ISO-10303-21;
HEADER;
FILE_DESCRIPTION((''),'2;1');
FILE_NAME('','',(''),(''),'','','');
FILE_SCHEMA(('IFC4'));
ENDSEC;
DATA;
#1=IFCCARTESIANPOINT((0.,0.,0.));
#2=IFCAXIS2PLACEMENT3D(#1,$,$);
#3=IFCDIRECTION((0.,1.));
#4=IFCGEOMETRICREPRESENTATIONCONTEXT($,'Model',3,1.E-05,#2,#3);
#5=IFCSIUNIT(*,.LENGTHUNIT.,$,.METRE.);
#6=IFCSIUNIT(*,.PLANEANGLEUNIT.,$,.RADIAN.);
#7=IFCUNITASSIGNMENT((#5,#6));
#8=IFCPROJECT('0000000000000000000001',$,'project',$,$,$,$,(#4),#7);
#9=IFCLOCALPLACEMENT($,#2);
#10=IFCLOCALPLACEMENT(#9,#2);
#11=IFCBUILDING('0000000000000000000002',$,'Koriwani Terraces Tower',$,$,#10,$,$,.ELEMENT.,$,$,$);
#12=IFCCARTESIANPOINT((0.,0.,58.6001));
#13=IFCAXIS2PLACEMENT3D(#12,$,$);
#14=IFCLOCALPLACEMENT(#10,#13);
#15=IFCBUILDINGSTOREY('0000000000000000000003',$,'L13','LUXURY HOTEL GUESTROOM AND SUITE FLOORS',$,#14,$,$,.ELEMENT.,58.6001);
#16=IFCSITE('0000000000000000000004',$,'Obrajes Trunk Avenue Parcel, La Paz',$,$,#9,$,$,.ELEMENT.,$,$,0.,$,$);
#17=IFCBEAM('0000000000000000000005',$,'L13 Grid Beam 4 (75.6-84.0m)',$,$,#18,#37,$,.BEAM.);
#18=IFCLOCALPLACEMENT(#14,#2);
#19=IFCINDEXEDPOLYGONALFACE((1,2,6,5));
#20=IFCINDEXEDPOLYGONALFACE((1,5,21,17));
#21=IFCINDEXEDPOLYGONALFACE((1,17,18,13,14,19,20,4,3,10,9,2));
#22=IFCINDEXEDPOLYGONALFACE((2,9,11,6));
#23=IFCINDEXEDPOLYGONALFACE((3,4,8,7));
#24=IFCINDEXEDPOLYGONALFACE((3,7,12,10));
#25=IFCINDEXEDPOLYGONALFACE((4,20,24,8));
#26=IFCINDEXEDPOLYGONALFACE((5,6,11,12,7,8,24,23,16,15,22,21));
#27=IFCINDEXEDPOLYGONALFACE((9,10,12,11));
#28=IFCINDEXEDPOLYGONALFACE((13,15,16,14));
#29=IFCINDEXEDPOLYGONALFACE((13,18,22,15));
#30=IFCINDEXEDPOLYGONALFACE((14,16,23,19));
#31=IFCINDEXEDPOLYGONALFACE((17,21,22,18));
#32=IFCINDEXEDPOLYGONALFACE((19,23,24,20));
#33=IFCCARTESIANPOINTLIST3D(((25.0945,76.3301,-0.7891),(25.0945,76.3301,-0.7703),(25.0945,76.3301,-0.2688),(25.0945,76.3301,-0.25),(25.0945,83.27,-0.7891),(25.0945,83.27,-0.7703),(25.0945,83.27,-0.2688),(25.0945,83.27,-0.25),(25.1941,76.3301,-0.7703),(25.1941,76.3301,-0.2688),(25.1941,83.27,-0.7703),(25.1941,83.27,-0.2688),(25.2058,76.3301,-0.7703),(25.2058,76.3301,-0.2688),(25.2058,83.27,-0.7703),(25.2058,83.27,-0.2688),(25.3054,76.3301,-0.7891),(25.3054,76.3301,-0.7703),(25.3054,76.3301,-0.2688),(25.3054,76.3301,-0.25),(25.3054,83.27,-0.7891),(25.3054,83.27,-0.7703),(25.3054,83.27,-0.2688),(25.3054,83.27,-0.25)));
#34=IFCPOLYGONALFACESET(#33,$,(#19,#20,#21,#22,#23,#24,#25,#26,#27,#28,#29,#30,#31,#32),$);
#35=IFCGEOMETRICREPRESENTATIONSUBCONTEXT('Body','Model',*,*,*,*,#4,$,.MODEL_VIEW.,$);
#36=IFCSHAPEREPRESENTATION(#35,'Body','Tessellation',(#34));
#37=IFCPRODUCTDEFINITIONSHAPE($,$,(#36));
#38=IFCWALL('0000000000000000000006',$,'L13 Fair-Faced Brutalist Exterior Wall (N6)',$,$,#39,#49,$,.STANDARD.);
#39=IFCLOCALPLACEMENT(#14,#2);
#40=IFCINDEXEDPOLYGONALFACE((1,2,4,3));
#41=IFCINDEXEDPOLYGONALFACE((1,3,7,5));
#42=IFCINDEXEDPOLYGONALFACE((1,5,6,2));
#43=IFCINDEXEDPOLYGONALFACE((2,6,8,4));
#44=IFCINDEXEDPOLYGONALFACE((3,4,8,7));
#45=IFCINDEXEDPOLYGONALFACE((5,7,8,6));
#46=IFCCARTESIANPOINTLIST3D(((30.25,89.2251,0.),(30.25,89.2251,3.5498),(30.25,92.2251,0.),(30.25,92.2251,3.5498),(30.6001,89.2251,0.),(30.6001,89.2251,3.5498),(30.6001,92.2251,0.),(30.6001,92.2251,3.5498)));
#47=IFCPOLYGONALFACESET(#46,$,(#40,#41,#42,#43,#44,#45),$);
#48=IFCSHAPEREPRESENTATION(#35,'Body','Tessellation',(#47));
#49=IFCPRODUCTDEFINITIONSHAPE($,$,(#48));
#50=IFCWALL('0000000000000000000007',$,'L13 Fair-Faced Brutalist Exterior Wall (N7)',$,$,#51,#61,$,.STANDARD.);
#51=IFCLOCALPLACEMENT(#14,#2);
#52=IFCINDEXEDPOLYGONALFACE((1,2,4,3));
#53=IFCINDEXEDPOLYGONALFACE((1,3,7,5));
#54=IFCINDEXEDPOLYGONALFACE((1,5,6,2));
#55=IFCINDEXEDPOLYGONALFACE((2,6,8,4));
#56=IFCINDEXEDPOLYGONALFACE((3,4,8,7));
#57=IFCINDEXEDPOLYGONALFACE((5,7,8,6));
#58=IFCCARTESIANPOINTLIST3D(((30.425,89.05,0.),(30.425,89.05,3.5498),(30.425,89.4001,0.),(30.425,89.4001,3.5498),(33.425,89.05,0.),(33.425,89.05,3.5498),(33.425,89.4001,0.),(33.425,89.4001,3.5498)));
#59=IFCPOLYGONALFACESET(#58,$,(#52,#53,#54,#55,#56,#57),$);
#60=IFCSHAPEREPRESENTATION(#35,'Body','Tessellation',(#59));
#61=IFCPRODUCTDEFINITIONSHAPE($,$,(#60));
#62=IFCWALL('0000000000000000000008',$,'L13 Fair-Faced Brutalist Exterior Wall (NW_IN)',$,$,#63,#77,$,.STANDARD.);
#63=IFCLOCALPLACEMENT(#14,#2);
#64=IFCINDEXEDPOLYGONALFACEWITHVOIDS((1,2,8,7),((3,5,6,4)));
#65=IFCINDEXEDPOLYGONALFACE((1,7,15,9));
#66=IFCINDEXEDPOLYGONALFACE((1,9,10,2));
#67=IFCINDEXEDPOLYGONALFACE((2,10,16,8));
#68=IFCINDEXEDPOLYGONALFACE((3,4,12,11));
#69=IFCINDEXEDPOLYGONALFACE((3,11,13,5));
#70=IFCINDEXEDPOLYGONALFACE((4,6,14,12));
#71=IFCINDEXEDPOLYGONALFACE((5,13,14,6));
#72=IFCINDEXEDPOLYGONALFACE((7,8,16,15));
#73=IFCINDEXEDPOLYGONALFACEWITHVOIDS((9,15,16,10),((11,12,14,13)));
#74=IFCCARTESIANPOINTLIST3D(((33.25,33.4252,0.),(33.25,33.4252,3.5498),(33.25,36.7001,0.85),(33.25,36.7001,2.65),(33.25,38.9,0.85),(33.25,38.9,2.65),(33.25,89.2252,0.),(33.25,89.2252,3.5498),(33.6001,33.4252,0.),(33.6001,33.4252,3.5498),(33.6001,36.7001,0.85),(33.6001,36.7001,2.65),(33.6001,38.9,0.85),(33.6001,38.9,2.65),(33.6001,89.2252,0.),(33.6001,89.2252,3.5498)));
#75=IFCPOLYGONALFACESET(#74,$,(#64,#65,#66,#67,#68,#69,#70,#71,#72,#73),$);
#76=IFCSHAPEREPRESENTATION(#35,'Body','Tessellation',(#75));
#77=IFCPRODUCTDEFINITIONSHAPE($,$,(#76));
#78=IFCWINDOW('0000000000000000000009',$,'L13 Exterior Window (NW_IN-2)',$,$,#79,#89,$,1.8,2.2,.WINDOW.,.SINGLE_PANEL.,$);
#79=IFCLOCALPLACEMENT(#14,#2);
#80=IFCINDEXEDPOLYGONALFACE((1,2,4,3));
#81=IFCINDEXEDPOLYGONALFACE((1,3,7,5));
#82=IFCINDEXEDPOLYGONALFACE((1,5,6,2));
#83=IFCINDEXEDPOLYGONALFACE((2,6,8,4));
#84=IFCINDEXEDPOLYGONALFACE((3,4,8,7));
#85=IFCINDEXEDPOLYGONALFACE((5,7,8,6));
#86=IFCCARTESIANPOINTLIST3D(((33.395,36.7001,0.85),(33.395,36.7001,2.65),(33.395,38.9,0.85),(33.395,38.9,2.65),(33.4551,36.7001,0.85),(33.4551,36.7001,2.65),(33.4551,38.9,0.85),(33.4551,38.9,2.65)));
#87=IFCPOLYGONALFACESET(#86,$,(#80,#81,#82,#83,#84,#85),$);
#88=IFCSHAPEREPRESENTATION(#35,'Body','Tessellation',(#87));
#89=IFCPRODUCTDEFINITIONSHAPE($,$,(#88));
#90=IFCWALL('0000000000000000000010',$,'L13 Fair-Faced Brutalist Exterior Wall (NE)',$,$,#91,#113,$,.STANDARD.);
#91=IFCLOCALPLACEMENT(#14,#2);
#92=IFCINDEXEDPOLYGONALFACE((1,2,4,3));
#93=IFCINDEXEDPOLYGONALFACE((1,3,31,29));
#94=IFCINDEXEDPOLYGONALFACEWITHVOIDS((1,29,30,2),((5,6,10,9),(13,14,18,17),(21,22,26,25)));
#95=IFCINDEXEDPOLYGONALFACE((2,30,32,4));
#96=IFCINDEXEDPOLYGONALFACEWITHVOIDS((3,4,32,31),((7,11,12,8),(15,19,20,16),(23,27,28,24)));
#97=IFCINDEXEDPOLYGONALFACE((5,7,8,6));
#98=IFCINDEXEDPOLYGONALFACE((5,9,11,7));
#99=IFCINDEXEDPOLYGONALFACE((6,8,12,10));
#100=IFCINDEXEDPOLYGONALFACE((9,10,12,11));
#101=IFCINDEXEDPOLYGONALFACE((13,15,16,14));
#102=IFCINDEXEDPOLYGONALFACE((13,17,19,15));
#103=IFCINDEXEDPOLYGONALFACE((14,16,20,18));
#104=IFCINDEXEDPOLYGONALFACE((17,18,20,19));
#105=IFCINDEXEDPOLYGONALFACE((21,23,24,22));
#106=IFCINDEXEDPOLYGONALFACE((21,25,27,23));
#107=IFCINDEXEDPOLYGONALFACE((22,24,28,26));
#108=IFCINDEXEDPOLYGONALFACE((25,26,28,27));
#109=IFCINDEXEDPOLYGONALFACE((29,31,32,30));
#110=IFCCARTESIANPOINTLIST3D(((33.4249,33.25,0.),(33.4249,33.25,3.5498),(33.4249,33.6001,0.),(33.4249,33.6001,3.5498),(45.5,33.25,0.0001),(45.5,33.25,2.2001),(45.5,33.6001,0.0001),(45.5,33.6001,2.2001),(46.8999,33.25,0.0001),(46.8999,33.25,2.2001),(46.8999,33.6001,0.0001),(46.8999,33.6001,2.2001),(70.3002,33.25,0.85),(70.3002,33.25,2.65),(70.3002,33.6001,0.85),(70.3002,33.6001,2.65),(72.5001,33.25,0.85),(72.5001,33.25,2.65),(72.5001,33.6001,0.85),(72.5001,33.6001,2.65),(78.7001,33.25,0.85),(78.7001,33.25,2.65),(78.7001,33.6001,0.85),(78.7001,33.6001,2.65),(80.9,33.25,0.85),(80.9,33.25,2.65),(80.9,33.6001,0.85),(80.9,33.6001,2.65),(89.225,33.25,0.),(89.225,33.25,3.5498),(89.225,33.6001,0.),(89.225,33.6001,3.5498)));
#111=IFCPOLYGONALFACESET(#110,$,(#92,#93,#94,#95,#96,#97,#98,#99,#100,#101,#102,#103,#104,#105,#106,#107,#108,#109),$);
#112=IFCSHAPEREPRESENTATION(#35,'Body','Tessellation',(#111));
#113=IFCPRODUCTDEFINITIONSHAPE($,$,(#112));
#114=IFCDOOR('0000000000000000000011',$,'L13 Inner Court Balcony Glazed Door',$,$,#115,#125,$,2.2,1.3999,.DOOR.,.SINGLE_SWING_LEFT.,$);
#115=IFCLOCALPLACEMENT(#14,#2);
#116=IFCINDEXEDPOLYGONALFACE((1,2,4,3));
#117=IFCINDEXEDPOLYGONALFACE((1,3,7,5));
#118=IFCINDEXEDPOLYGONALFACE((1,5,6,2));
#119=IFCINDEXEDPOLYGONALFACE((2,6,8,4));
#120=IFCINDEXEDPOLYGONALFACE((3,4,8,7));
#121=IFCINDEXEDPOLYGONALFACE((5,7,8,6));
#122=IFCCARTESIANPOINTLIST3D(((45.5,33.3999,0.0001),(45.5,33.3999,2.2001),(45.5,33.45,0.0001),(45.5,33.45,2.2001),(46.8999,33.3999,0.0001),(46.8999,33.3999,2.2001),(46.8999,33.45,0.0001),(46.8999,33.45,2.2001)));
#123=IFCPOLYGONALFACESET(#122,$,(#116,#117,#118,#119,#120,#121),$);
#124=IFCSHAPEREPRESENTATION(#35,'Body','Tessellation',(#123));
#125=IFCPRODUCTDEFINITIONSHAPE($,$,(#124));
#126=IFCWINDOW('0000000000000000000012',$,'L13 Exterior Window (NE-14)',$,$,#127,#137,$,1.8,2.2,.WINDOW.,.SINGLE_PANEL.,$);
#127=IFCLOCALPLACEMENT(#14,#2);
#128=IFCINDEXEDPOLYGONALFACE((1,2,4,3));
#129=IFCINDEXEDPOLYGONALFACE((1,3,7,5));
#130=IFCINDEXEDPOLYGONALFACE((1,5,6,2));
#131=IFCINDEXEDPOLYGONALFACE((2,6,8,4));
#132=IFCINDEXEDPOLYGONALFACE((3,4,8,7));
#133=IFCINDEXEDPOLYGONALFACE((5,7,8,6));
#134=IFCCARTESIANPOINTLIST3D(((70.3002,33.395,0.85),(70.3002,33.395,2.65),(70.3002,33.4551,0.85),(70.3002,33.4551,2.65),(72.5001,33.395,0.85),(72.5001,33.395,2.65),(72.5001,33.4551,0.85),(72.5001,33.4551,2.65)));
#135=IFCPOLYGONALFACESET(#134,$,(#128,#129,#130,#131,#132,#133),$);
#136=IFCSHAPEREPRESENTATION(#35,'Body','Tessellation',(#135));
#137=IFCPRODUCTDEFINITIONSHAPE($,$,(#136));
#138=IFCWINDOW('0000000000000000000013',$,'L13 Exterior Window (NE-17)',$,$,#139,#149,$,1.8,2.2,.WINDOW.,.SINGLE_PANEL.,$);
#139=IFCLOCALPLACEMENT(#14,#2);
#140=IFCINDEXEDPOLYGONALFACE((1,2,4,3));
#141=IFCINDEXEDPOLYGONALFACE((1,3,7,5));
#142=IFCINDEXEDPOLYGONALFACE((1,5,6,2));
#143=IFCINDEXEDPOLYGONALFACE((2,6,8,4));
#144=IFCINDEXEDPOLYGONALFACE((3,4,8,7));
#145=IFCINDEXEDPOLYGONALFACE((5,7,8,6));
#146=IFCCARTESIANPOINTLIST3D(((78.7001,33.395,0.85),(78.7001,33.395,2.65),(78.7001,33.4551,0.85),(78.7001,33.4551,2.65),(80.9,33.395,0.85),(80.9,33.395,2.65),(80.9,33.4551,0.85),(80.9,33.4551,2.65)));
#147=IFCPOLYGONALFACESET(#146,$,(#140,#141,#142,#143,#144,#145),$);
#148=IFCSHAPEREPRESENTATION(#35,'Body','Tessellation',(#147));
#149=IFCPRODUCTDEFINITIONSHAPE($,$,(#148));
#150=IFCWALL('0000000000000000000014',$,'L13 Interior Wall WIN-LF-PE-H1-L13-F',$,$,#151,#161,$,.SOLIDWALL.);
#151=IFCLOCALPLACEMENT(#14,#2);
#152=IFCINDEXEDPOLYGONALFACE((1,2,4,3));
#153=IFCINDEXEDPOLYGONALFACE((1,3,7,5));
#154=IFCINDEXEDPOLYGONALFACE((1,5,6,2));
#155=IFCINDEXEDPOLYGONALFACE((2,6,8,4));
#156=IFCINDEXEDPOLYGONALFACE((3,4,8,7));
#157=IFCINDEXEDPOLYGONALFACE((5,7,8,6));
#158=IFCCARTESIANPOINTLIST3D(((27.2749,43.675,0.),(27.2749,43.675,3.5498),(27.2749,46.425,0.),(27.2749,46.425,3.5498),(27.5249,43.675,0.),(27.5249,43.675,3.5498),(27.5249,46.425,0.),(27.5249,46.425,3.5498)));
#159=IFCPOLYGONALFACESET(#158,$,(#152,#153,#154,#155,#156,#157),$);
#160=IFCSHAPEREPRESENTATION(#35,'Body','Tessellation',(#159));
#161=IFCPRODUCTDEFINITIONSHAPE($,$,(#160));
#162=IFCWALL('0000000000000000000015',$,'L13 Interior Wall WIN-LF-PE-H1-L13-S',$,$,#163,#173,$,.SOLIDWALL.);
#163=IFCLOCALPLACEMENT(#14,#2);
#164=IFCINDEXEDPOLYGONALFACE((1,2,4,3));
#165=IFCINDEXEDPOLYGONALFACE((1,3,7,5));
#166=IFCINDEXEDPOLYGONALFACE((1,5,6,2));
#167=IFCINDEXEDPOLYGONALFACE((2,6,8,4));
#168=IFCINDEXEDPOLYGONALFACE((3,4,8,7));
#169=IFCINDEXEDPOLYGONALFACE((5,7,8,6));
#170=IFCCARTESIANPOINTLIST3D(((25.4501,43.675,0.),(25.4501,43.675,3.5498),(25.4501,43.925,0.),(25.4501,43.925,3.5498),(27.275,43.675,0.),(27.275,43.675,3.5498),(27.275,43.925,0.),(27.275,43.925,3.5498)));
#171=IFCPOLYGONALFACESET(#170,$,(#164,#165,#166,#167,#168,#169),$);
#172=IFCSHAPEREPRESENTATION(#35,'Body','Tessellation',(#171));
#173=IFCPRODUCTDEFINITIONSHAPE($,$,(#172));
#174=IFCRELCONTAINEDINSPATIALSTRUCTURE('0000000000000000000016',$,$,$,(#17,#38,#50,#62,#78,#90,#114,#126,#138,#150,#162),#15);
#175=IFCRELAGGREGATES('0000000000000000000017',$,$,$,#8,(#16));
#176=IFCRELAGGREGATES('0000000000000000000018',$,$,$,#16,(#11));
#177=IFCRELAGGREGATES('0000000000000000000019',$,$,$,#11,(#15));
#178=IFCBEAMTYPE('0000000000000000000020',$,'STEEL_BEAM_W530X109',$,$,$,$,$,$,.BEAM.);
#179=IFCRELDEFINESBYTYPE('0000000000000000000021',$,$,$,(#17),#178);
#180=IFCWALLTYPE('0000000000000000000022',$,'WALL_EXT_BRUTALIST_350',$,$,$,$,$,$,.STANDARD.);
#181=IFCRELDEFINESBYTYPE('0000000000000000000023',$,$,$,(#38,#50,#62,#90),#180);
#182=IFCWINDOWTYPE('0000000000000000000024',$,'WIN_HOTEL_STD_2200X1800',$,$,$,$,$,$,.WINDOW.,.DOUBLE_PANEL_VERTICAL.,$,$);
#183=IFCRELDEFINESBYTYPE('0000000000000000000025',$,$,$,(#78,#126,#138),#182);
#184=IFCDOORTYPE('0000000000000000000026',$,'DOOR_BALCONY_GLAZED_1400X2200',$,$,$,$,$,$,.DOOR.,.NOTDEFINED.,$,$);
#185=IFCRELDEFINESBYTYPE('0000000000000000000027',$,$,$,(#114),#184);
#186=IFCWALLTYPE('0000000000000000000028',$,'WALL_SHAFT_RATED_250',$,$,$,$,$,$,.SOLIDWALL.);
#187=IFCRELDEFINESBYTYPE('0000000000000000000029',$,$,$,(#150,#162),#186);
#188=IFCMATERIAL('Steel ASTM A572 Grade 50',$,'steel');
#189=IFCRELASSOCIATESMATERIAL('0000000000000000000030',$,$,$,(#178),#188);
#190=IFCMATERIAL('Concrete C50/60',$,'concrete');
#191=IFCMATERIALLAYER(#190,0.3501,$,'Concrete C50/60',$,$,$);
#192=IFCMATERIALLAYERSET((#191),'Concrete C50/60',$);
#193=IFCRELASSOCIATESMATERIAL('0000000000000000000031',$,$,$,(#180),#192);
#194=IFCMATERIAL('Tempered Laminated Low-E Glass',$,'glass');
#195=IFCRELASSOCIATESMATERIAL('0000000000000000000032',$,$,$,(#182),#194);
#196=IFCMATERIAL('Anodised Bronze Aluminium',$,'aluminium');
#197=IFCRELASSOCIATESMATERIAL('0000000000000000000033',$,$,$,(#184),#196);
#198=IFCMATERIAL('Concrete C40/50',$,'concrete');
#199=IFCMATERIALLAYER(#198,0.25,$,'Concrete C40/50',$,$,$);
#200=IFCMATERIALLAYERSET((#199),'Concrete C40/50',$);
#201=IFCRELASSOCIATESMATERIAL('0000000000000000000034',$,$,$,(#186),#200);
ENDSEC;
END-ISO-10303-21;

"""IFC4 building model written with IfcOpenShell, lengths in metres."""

from ifc_helpers import new_model, si_unit, direction, frame, frame_2d, origin, origin_2d, place, context, subcontext, project, spatial, rectangle, i_section, extrude, material, layer, layer_set, material_profile, profile_set, type_object, element, fill, save


model = new_model("IFC4")

# Units and contexts
model_context = context("Model", 3, precision=1e-05, world=origin(), true_north=direction((0.0, 1.0)))
body_context = subcontext(model_context, "Body", "Model", "MODEL_VIEW")
ifc_project = project(units=[si_unit("LENGTHUNIT", "METRE"), si_unit("PLANEANGLEUNIT", "RADIAN")], contexts=[model_context])

# Site, building, storey
site_placement = place(None, origin())
site = spatial("IfcSite", under=ifc_project, at=site_placement, Name="Obrajes Trunk Avenue Parcel, La Paz", CompositionType="ELEMENT", RefElevation=0.0)
building_placement = place(site_placement, origin())
building = spatial("IfcBuilding", under=site, at=building_placement, Name="Koriwani Terraces Tower", CompositionType="ELEMENT")
storey_placement = place(building_placement, frame((0.0, 0.0, 58.6001)))
storey = spatial("IfcBuildingStorey", under=building, at=storey_placement, Name="L13", Description="LUXURY HOTEL GUESTROOM AND SUITE FLOORS", CompositionType="ELEMENT", Elevation=58.6001)

# Beam
ifc_material_1 = material(Name="Concrete C50/60", Category="concrete")
ifc_material_2 = material(Name="Steel ASTM A572 Grade 50", Category="steel")
ifc_material_profile_1 = material_profile(ifc_material_2, i_section(OverallWidth=0.2109, OverallDepth=0.5391, WebThickness=0.0117, FlangeThickness=0.0188, at=origin_2d()), Name="Steel ASTM A572 Grade 50", Category="LoadBearing")
ifc_profile_set_1 = profile_set([ifc_material_profile_1], Name="Steel ASTM A572 Grade 50")
beam_type_1 = type_object("IfcBeamType", Name="STEEL_BEAM_W530X109", PredefinedType="BEAM", material=ifc_profile_set_1)
beam_1_placement = place(storey_placement, frame((25.2, 76.3301, -0.5195), z_axis=(0.0, 1.0, 0.0), x_axis=(-1.0, 0.0, 0.0)))
element("IfcBeam", 1, at=beam_1_placement, inside=storey, type_object=beam_type_1, Name="L13 Grid Beam 4 (75.6-84.0m)", PredefinedType="BEAM", context=body_context, shape_type="SweptSolid", body=[
    extrude(i_section(OverallWidth=0.2109, OverallDepth=0.5391, WebThickness=0.0117, FlangeThickness=0.0188, at=origin_2d()), origin(), (0.0, 0.0, 1.0), 6.9399),
])

# Walls
ifc_layer_1 = layer(ifc_material_1, 0.3501, Name="Concrete C50/60")
ifc_layer_set_1 = layer_set([ifc_layer_1], Name="Concrete C50/60")
wall_type_1 = type_object("IfcWallType", Name="WALL_EXT_BRUTALIST_350", PredefinedType="STANDARD", material=ifc_layer_set_1)
for number, where, z_axis, x_axis, name in (
    (2, (30.425, 92.2251, 0.0), (0.0, 0.0, 1.0), (0.0, -1.0, 0.0), "L13 Fair-Faced Brutalist Exterior Wall (N6)"),
    (3, (30.425, 89.2251, 0.0), (0.0, 0.0, 1.0), (1.0, 0.0, 0.0), "L13 Fair-Faced Brutalist Exterior Wall (N7)"),
):
    element("IfcWall", number, at=place(storey_placement, frame(where, z_axis=z_axis, x_axis=x_axis)), inside=storey, type_object=wall_type_1, Name=name, PredefinedType="STANDARD", context=body_context, shape_type="SweptSolid", body=[
        extrude(rectangle(XDim=3.0, YDim=0.3501, at=frame_2d((1.5, 0.0))), origin(), (0.0, 0.0, 1.0), 3.5498),
    ])

# Wall, opening, window
wall_1_placement = place(storey_placement, frame((33.425, 89.2251, 0.0), z_axis=(0.0, 0.0, 1.0), x_axis=(0.0, -1.0, 0.0)))
wall_1 = element("IfcWall", 4, at=wall_1_placement, inside=storey, type_object=wall_type_1, Name="L13 Fair-Faced Brutalist Exterior Wall (NW_IN)", PredefinedType="STANDARD", context=body_context, shape_type="SweptSolid", body=[
    extrude(rectangle(XDim=55.8, YDim=0.3501, at=frame_2d((27.8999, 0.0))), origin(), (0.0, 0.0, 1.0), 3.5498),
])
opening_1_placement = place(wall_1_placement, frame((50.325, 0.0, 0.8501)))
opening_1 = element("IfcOpeningElement", 5, at=opening_1_placement, cuts=wall_1, PredefinedType="OPENING", context=body_context, shape_type="SweptSolid", body=[
    extrude(rectangle(XDim=2.2, YDim=1.8, at=frame_2d((1.1001, 0.8999))), frame((0.0, 0.1851, 0.0), z_axis=(0.0, -1.0, 0.0), x_axis=(1.0, 0.0, 0.0)), (0.0, 0.0, 1.0), 0.3701),
])
ifc_material_3 = material(Name="Tempered Laminated Low-E Glass", Category="glass")
window_type = type_object("IfcWindowType", Name="WIN_HOTEL_STD_2200X1800", PartitioningType="DOUBLE_PANEL_VERTICAL", PredefinedType="WINDOW", material=ifc_material_3)
window_1_placement = place(opening_1_placement, origin())
window_1 = element("IfcWindow", 6, at=window_1_placement, inside=storey, type_object=window_type, Name="L13 Exterior Window (NW_IN-2)", OverallHeight=1.8, OverallWidth=2.2, PartitioningType="SINGLE_PANEL", PredefinedType="WINDOW", context=body_context, shape_type="SweptSolid", body=[
    extrude(rectangle(XDim=2.2, YDim=1.8, at=frame_2d((1.1001, 0.8999))), frame((0.0, 0.03, 0.0), z_axis=(0.0, -1.0, 0.0), x_axis=(1.0, 0.0, 0.0)), (0.0, 0.0, 1.0), 0.0601),
])
fill(opening_1, window_1)

# Wall, openings, door, windows
wall_2_placement = place(storey_placement, frame((33.425, 33.425, 0.0), z_axis=(0.0, 0.0, 1.0), x_axis=(1.0, 0.0, 0.0)))
wall_2 = element("IfcWall", 7, at=wall_2_placement, inside=storey, type_object=wall_type_1, Name="L13 Fair-Faced Brutalist Exterior Wall (NE)", PredefinedType="STANDARD", context=body_context, shape_type="SweptSolid", body=[
    extrude(rectangle(XDim=55.8, YDim=0.3501, at=frame_2d((27.8999, 0.0))), origin(), (0.0, 0.0, 1.0), 3.5498),
])
opening_2_placement = place(wall_2_placement, frame((12.075, 0.0, 0.0)))
opening_2 = element("IfcOpeningElement", 8, at=opening_2_placement, cuts=wall_2, PredefinedType="OPENING", context=body_context, shape_type="SweptSolid", body=[
    extrude(rectangle(XDim=1.3999, YDim=2.2, at=frame_2d((0.7, 1.1001))), frame((0.0, 0.1851, 0.0), z_axis=(0.0, -1.0, 0.0), x_axis=(1.0, 0.0, 0.0)), (0.0, 0.0, 1.0), 0.3701),
])
opening_3_placement = place(wall_2_placement, frame((36.875, 0.0, 0.8501)))
opening_3 = element("IfcOpeningElement", 9, at=opening_3_placement, cuts=wall_2, PredefinedType="OPENING", context=body_context, shape_type="SweptSolid", body=[
    extrude(rectangle(XDim=2.2, YDim=1.8, at=frame_2d((1.1001, 0.8999))), frame((0.0, 0.1851, 0.0), z_axis=(0.0, -1.0, 0.0), x_axis=(1.0, 0.0, 0.0)), (0.0, 0.0, 1.0), 0.3701),
])
opening_4_placement = place(wall_2_placement, frame((45.2749, 0.0, 0.8501)))
opening_4 = element("IfcOpeningElement", 10, at=opening_4_placement, cuts=wall_2, PredefinedType="OPENING", context=body_context, shape_type="SweptSolid", body=[
    extrude(rectangle(XDim=2.2, YDim=1.8, at=frame_2d((1.1001, 0.8999))), frame((0.0, 0.1851, 0.0), z_axis=(0.0, -1.0, 0.0), x_axis=(1.0, 0.0, 0.0)), (0.0, 0.0, 1.0), 0.3701),
])
ifc_material_4 = material(Name="Anodised Bronze Aluminium", Category="aluminium")
door_type_1 = type_object("IfcDoorType", Name="DOOR_BALCONY_GLAZED_1400X2200", OperationType="NOTDEFINED", PredefinedType="DOOR", material=ifc_material_4)
door_1_placement = place(opening_2_placement, origin())
door_1 = element("IfcDoor", 11, at=door_1_placement, inside=storey, type_object=door_type_1, Name="L13 Inner Court Balcony Glazed Door", OperationType="SINGLE_SWING_LEFT", OverallHeight=2.2, OverallWidth=1.3999, PredefinedType="DOOR", context=body_context, shape_type="SweptSolid", body=[
    extrude(rectangle(XDim=1.3999, YDim=2.2, at=frame_2d((0.7, 1.1001))), frame((0.0, 0.0249, 0.0), z_axis=(0.0, -1.0, 0.0), x_axis=(1.0, 0.0, 0.0)), (0.0, 0.0, 1.0), 0.05),
])
fill(opening_2, door_1)
window_2_placement = place(opening_3_placement, origin())
window_2 = element("IfcWindow", 12, at=window_2_placement, inside=storey, type_object=window_type, Name="L13 Exterior Window (NE-14)", OverallHeight=1.8, OverallWidth=2.2, PartitioningType="SINGLE_PANEL", PredefinedType="WINDOW", context=body_context, shape_type="SweptSolid", body=[
    extrude(rectangle(XDim=2.2, YDim=1.8, at=frame_2d((1.1001, 0.8999))), frame((0.0, 0.03, 0.0), z_axis=(0.0, -1.0, 0.0), x_axis=(1.0, 0.0, 0.0)), (0.0, 0.0, 1.0), 0.0601),
])
fill(opening_3, window_2)
window_3_placement = place(opening_4_placement, origin())
window_3 = element("IfcWindow", 13, at=window_3_placement, inside=storey, type_object=window_type, Name="L13 Exterior Window (NE-17)", OverallHeight=1.8, OverallWidth=2.2, PartitioningType="SINGLE_PANEL", PredefinedType="WINDOW", context=body_context, shape_type="SweptSolid", body=[
    extrude(rectangle(XDim=2.2, YDim=1.8, at=frame_2d((1.1001, 0.8999))), frame((0.0, 0.03, 0.0), z_axis=(0.0, -1.0, 0.0), x_axis=(1.0, 0.0, 0.0)), (0.0, 0.0, 1.0), 0.0601),
])
fill(opening_4, window_3)

# Shared definitions
ifc_material_5 = material(Name="Concrete C40/50", Category="concrete")
ifc_layer_2 = layer(ifc_material_5, 0.25, Name="Concrete C40/50")
ifc_layer_set_2 = layer_set([ifc_layer_2], Name="Concrete C40/50")
wall_type_2 = type_object("IfcWallType", Name="WALL_SHAFT_RATED_250", PredefinedType="SOLIDWALL", material=ifc_layer_set_2)

# Walls
wall_3_placement = place(storey_placement, frame((27.3999, 43.675, 0.0), z_axis=(0.0, 0.0, 1.0), x_axis=(0.0, 1.0, 0.0)))
element("IfcWall", 14, at=wall_3_placement, inside=storey, type_object=wall_type_2, Name="L13 Interior Wall WIN-LF-PE-H1-L13-F", PredefinedType="SOLIDWALL", context=body_context, shape_type="SweptSolid", body=[
    extrude(rectangle(XDim=2.75, YDim=0.25, at=frame_2d((1.375, 0.0))), origin(), (0.0, 0.0, 1.0), 3.5498),
])
for number, where, z_axis, x_axis, name in (
    (15, (25.45, 43.8, 0.0), (0.0, 0.0, 1.0), (1.0, 0.0, 0.0), "L13 Interior Wall WIN-LF-PE-H1-L13-S"),
):
    element("IfcWall", number, at=place(storey_placement, frame(where, z_axis=z_axis, x_axis=x_axis)), inside=storey, type_object=wall_type_2, Name=name, PredefinedType="SOLIDWALL", context=body_context, shape_type="SweptSolid", body=[
        extrude(rectangle(XDim=1.825, YDim=0.25, at=frame_2d((0.9126, 0.0))), origin(), (0.0, 0.0, 1.0), 3.5498),
    ])

save(model, "model.ifc")
